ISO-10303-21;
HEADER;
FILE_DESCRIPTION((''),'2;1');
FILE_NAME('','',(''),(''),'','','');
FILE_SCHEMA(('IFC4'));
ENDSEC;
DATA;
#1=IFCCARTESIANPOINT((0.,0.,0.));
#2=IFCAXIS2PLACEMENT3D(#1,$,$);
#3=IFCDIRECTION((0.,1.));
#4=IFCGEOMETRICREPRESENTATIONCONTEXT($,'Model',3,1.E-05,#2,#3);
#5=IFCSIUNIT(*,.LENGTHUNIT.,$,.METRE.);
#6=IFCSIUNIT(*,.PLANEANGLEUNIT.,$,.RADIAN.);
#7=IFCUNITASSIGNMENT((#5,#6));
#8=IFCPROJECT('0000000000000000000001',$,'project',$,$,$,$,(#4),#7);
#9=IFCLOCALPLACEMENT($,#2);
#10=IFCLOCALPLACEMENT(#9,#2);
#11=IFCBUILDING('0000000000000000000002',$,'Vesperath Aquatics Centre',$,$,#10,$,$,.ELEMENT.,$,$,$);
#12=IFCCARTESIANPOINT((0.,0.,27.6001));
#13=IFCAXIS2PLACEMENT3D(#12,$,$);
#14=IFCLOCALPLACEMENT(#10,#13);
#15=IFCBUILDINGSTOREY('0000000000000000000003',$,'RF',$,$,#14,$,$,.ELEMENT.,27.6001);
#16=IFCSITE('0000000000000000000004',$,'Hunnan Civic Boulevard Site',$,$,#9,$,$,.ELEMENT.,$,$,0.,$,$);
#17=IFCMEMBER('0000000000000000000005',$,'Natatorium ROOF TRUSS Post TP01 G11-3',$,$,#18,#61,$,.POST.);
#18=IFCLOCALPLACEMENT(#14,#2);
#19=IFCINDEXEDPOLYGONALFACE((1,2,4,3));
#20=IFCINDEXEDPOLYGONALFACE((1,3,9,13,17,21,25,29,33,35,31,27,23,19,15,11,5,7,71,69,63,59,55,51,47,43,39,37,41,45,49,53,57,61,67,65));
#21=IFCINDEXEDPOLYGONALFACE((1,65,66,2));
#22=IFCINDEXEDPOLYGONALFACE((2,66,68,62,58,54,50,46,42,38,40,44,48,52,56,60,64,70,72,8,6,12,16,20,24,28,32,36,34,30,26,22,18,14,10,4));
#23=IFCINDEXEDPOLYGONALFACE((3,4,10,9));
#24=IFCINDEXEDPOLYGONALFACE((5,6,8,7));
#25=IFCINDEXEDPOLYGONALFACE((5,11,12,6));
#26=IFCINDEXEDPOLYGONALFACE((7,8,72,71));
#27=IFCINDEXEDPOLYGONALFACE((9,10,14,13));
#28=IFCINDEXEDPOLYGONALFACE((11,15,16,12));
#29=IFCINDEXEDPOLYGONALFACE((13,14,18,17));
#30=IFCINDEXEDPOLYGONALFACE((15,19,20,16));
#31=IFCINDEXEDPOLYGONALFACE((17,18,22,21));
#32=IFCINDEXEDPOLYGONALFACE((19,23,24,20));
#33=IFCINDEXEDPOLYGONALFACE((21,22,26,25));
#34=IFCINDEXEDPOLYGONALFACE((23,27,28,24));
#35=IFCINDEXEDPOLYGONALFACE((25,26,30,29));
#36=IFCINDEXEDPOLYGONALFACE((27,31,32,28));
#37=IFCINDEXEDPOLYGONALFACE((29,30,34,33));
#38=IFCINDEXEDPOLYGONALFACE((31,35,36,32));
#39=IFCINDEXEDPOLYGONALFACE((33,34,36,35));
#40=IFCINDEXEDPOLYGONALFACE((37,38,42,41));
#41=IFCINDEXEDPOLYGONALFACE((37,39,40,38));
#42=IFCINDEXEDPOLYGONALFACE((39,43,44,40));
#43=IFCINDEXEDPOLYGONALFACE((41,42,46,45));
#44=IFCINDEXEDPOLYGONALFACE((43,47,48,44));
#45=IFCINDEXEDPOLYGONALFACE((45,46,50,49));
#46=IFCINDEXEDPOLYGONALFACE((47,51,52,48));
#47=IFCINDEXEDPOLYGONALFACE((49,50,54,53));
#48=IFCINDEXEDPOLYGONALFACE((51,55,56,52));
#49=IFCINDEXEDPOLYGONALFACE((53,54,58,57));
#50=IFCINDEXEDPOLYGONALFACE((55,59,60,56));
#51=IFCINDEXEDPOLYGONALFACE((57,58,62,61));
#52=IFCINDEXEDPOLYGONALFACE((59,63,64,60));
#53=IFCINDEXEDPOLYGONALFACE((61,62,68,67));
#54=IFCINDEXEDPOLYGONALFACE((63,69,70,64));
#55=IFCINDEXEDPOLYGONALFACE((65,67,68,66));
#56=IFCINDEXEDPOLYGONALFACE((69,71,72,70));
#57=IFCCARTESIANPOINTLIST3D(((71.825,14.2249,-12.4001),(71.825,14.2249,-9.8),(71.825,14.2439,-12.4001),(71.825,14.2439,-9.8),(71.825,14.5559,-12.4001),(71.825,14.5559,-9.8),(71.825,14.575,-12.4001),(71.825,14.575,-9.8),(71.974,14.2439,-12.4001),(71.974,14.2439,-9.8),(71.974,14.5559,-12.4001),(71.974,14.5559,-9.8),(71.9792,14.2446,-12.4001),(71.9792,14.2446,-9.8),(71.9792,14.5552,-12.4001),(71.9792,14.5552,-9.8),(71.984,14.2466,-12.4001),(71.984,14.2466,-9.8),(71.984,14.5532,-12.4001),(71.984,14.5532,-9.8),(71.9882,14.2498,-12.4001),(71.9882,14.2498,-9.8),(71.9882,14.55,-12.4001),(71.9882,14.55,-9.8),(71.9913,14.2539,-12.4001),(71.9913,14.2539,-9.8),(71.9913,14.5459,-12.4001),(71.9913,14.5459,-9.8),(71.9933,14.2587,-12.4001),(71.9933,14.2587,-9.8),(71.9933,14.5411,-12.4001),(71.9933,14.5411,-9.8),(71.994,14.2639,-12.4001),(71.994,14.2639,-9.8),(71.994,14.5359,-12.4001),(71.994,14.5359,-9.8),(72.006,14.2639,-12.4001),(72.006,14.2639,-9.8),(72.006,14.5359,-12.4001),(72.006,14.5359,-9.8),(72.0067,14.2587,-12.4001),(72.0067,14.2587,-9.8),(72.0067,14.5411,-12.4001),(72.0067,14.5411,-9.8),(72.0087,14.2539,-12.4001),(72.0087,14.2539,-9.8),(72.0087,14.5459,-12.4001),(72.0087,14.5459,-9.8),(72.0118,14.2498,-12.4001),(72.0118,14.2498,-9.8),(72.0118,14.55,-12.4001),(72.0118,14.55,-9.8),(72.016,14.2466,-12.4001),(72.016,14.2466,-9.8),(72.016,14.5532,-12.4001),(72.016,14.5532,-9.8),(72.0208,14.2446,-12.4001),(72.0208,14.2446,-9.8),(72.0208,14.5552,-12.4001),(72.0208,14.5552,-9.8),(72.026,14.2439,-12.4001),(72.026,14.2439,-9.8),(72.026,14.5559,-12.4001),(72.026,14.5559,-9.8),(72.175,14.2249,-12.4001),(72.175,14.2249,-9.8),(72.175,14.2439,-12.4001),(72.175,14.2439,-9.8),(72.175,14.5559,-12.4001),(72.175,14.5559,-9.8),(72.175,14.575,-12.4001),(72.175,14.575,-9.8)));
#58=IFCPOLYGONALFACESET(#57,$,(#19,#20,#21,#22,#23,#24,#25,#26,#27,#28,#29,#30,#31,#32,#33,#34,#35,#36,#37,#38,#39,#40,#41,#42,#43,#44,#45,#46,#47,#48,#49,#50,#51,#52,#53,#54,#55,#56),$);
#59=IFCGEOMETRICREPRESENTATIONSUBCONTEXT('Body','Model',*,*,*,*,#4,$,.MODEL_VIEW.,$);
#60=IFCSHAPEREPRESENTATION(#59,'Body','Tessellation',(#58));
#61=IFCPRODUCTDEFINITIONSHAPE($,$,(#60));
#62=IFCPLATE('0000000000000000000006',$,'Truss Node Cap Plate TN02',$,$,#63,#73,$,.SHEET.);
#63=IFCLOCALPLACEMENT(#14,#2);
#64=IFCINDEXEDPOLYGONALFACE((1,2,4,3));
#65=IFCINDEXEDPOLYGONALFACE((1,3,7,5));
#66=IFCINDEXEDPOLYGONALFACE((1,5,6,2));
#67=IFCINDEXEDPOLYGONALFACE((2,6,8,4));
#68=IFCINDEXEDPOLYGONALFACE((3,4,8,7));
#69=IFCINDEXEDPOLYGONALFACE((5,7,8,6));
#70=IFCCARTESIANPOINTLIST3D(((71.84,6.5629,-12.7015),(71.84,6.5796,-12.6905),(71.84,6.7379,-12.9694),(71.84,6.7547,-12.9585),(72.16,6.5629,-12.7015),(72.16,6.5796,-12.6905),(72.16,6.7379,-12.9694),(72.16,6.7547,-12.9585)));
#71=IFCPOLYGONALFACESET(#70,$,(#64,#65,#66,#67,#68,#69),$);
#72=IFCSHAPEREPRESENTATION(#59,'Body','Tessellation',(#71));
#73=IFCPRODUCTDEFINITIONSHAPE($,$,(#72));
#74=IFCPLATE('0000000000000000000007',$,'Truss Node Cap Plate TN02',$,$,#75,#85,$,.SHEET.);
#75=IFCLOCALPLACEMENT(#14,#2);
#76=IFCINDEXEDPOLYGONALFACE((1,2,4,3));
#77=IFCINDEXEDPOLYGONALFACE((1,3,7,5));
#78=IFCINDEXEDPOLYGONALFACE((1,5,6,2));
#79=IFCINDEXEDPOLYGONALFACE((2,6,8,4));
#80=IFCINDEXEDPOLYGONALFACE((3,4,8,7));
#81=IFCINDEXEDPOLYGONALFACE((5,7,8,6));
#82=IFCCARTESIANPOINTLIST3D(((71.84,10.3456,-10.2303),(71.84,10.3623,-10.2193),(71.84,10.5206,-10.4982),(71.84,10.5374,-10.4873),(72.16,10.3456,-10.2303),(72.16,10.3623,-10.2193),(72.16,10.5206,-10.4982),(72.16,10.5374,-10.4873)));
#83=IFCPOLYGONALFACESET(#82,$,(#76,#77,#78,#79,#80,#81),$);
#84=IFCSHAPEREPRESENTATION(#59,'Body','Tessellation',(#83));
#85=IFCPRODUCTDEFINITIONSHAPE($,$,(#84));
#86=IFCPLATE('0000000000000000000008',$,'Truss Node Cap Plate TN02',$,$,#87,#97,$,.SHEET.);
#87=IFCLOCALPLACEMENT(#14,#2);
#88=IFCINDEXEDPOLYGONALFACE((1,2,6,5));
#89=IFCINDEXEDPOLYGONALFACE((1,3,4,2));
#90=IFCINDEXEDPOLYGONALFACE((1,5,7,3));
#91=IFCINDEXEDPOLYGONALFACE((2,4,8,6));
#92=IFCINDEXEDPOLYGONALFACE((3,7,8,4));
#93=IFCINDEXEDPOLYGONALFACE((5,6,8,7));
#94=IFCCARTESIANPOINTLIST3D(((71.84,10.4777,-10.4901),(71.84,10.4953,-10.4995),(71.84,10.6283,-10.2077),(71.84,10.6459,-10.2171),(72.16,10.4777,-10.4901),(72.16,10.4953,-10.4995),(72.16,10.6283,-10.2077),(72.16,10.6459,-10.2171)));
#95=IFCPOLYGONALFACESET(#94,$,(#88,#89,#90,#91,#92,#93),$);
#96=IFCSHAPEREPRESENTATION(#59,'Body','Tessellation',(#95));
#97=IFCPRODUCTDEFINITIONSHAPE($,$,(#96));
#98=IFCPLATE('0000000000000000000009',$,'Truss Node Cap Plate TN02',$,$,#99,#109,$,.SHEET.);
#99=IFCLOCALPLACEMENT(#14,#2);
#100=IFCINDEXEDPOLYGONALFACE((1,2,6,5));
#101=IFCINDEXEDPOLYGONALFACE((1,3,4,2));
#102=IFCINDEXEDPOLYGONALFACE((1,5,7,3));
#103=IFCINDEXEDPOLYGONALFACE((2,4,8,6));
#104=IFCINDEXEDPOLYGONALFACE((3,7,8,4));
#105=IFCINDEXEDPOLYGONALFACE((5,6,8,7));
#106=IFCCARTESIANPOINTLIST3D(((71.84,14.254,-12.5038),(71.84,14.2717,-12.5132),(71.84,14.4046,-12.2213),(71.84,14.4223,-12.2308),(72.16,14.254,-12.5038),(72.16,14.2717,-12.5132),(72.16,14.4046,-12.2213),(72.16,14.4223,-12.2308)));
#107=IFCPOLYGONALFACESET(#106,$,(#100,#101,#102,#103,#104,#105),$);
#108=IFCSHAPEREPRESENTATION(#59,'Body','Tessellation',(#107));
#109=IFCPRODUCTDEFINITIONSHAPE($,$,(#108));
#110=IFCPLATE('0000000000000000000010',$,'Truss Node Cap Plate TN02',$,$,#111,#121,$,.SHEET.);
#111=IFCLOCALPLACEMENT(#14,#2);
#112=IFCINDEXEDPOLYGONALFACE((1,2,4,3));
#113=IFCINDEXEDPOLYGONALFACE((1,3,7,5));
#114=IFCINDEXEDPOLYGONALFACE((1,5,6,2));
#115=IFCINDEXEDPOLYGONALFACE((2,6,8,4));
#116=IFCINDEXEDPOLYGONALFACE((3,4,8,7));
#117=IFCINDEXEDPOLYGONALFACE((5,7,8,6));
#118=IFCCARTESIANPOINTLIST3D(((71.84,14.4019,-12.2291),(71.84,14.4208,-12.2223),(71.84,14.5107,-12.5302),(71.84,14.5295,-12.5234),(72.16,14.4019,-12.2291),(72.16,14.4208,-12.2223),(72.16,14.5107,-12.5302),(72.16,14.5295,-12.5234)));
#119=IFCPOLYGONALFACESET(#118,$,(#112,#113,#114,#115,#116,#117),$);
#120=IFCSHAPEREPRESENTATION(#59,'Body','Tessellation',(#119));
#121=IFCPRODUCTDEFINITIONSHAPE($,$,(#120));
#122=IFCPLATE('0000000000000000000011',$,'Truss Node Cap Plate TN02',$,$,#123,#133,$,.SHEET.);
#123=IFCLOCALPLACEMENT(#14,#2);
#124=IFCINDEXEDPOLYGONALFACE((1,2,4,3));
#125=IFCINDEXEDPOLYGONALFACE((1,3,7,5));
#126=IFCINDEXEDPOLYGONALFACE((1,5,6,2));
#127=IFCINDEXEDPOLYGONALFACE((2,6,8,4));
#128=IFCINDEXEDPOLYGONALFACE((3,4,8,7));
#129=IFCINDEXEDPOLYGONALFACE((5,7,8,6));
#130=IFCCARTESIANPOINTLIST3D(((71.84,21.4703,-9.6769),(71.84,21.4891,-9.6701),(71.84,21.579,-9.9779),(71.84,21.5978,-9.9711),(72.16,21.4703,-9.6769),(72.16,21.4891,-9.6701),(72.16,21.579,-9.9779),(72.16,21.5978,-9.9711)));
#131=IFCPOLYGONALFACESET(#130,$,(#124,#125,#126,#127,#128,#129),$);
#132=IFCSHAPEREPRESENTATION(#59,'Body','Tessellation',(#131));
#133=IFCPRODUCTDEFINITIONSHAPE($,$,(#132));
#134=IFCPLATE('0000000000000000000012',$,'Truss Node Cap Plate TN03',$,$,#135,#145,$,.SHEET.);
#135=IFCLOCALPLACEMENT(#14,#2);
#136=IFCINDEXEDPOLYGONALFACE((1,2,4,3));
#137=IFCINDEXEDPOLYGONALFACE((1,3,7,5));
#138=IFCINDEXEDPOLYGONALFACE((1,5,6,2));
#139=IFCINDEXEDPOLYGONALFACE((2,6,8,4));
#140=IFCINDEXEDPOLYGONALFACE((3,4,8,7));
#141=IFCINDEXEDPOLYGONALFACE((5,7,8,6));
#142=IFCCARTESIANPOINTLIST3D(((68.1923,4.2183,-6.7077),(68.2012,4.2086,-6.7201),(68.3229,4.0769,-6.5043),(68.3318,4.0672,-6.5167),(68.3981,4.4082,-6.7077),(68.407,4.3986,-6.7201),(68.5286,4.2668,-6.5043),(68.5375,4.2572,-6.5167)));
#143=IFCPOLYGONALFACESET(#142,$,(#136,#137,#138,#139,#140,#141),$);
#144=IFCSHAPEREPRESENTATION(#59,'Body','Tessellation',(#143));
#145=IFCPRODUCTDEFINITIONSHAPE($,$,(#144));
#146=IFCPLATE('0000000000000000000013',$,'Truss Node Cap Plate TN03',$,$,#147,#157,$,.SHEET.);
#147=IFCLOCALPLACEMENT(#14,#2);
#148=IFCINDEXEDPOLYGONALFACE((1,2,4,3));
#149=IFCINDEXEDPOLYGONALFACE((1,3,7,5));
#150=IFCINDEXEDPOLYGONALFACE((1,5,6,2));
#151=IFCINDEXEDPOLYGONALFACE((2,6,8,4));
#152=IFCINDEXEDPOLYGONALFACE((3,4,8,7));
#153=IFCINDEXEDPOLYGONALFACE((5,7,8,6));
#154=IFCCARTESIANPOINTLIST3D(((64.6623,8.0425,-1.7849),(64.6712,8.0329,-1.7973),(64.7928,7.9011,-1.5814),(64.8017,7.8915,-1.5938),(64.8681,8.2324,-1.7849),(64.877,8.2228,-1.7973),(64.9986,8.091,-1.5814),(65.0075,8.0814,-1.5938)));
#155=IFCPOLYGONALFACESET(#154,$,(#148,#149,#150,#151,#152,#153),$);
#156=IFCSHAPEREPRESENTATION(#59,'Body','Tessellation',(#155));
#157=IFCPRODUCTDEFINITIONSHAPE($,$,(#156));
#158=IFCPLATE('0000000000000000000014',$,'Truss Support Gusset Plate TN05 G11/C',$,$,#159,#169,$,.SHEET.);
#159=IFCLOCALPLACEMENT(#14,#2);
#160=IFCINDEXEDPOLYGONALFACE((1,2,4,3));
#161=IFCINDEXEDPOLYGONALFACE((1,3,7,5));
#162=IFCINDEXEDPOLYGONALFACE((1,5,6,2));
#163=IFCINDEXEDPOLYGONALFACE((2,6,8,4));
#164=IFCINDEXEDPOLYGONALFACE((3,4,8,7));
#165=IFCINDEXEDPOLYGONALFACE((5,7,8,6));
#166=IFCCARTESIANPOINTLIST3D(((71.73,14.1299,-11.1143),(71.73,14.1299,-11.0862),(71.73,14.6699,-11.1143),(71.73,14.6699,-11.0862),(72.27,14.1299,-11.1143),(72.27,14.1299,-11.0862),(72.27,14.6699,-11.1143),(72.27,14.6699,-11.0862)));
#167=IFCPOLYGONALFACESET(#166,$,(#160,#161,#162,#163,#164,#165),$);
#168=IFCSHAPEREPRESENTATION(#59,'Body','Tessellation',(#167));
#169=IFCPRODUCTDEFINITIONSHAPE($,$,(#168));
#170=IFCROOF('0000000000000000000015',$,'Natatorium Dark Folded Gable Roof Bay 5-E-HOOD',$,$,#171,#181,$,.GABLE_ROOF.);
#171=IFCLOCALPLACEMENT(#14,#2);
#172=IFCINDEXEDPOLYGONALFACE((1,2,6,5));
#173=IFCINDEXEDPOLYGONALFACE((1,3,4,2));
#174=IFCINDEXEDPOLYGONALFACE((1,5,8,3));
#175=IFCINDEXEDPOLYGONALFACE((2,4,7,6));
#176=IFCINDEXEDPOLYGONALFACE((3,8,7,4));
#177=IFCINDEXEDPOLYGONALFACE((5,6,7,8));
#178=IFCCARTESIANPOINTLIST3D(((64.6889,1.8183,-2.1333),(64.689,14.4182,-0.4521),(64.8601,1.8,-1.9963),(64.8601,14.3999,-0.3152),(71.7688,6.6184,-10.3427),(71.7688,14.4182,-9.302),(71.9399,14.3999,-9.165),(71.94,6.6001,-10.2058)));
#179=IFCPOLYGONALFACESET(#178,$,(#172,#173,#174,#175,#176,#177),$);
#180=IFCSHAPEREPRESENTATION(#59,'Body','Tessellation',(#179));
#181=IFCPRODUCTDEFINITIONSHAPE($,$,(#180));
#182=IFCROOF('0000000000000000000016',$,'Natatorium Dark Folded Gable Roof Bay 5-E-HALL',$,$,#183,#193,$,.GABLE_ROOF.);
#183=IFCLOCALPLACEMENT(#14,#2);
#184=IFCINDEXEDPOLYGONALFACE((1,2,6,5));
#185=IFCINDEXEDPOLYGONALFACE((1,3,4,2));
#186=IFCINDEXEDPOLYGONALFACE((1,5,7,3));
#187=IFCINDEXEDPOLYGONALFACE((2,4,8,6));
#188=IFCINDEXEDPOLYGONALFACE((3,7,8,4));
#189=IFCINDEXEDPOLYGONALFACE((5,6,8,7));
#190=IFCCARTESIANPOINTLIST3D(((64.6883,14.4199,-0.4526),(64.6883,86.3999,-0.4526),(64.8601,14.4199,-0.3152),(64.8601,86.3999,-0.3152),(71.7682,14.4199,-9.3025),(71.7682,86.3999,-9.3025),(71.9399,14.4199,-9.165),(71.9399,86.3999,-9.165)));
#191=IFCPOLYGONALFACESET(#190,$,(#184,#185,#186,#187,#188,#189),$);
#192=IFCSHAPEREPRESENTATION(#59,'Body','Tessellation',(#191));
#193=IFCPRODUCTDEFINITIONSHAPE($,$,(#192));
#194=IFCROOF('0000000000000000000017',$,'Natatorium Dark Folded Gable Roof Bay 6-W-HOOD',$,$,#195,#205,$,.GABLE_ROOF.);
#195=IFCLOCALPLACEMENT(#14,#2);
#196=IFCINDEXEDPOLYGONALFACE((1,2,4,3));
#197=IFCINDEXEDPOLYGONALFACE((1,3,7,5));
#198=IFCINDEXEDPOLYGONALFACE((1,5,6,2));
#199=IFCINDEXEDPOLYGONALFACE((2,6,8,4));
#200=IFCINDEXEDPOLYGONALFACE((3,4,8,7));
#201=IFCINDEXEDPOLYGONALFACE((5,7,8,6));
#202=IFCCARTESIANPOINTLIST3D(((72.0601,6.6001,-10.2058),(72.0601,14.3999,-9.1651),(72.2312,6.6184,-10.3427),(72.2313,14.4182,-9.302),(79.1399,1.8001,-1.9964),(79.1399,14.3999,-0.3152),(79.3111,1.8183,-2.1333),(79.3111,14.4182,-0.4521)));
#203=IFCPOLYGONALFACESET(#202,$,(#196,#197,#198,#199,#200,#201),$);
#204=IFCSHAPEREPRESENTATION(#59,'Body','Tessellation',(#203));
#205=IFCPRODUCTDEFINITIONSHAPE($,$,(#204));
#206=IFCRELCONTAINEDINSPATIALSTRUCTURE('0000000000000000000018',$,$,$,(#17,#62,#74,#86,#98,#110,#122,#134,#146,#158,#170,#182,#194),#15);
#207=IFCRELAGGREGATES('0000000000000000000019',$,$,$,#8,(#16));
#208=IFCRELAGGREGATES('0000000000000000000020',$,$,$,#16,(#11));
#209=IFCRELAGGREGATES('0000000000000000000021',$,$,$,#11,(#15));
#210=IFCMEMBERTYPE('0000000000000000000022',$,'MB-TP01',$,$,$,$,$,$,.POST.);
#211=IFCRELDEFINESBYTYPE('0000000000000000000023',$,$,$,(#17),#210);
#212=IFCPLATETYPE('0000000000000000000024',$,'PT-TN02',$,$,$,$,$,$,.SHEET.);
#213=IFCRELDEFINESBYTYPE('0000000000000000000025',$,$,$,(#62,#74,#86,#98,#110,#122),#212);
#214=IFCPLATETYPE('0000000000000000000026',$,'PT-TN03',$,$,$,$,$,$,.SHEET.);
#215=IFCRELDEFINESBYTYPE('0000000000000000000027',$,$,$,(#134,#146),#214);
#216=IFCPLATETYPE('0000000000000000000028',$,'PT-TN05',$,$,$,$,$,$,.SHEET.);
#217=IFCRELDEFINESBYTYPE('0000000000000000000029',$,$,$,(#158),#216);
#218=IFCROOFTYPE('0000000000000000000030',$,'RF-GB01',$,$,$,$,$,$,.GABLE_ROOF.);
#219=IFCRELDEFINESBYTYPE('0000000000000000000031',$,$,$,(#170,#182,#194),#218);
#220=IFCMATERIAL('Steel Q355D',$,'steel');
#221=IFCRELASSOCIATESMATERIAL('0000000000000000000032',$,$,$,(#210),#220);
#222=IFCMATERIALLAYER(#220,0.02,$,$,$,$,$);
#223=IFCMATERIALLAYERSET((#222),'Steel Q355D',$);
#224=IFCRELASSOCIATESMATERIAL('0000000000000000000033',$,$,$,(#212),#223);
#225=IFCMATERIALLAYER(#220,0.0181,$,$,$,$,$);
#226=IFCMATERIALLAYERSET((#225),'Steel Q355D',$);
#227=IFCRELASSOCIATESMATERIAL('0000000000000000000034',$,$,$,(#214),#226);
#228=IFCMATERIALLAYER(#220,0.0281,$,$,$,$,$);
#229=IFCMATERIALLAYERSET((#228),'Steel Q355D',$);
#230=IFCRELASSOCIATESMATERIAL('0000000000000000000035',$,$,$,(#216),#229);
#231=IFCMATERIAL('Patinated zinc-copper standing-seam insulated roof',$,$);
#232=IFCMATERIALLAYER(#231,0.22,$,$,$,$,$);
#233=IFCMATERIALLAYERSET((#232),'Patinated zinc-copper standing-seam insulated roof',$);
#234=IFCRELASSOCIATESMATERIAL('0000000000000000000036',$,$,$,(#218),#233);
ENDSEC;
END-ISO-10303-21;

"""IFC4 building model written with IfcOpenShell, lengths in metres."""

from ifc_helpers import new_model, si_unit, direction, frame, origin, origin_2d, place, context, subcontext, project, spatial, polyline, rectangle, i_section, outline, extrude, material, layer, layer_set, material_profile, profile_set, type_object, element, save


model = new_model("IFC4")

# Units and contexts
model_context = context("Model", 3, precision=1e-05, world=origin(), true_north=direction((0.0, 1.0)))
body_context = subcontext(model_context, "Body", "Model", "MODEL_VIEW")
ifc_project = project(units=[si_unit("LENGTHUNIT", "METRE"), si_unit("PLANEANGLEUNIT", "RADIAN")], contexts=[model_context])

# Site, building, storey
site_placement = place(None, origin())
site = spatial("IfcSite", under=ifc_project, at=site_placement, Name="Hunnan Civic Boulevard Site", CompositionType="ELEMENT", RefElevation=0.0)
building_placement = place(site_placement, origin())
building = spatial("IfcBuilding", under=site, at=building_placement, Name="Vesperath Aquatics Centre", CompositionType="ELEMENT")
storey_placement = place(building_placement, frame((0.0, 0.0, 27.6001)))
storey = spatial("IfcBuildingStorey", under=building, at=storey_placement, Name="RF", CompositionType="ELEMENT", Elevation=27.6001)

# Member
ifc_material_1 = material(Name="Steel Q355D", Category="steel")
ifc_material_profile_1 = material_profile(ifc_material_1, i_section(OverallWidth=0.3501, OverallDepth=0.3501, WebThickness=0.012, FlangeThickness=0.019, FilletRadius=0.02, at=origin_2d()), Name="HW 350x350x12x19")
ifc_profile_set_1 = profile_set([ifc_material_profile_1], Name="Steel Q355D")
member_type_1 = type_object("IfcMemberType", Name="MB-TP01", PredefinedType="POST", material=ifc_profile_set_1)
member_1_placement = place(storey_placement, frame((72.0, 14.3999, -12.4001), z_axis=(0.0, 0.0, 1.0), x_axis=(1.0, 0.0, 0.0)))
element("IfcMember", 1, at=member_1_placement, inside=storey, type_object=member_type_1, Name="Natatorium ROOF TRUSS Post TP01 G11-3", PredefinedType="POST", context=body_context, shape_type="SweptSolid", body=[
    extrude(i_section(OverallWidth=0.3501, OverallDepth=0.3501, WebThickness=0.012, FlangeThickness=0.019, FilletRadius=0.02, at=origin_2d()), origin(), (0.0, 0.0, 1.0), 2.6001),
])

# Plates
ifc_layer_1 = layer(ifc_material_1, 0.02)
ifc_layer_set_1 = layer_set([ifc_layer_1], Name="Steel Q355D")
plate_type_1 = type_object("IfcPlateType", Name="PT-TN02", PredefinedType="SHEET", material=ifc_layer_set_1)
for number, where, z_axis, x_axis, name in (
    (2, (72.0, 6.6504, -12.8354), (0.0, 0.837176, 0.546934), (-1.0, 0.0, 0.0), "Truss Node Cap Plate TN02"),
    (3, (72.0, 10.4331, -10.3643), (0.0, 0.837176, 0.546934), (-1.0, 0.0, 0.0), "Truss Node Cap Plate TN02"),
    (4, (72.0, 10.553, -10.3489), (0.0, 0.882391, -0.470518), (-1.0, 0.0, 0.0), "Truss Node Cap Plate TN02"),
    (5, (72.0, 14.3293, -12.3625), (0.0, 0.882391, -0.470518), (-1.0, 0.0, 0.0), "Truss Node Cap Plate TN02"),
    (6, (72.0, 14.4563, -12.3796), (0.0, 0.940554, 0.339644), (-1.0, 0.0, 0.0), "Truss Node Cap Plate TN02"),
    (7, (72.0, 21.5247, -9.8274), (0.0, 0.940554, 0.339644), (-1.0, 0.0, 0.0), "Truss Node Cap Plate TN02"),
):
    element("IfcPlate", number, at=place(storey_placement, frame(where, z_axis=z_axis, x_axis=x_axis)), inside=storey, type_object=plate_type_1, Name=name, PredefinedType="SHEET", context=body_context, shape_type="SweptSolid", body=[
        extrude(rectangle(XDim=0.3201, YDim=0.3201, at=origin_2d()), origin(), (0.0, 0.0, 1.0), 0.02),
    ])
ifc_layer_2 = layer(ifc_material_1, 0.0181)
ifc_layer_set_2 = layer_set([ifc_layer_2], Name="Steel Q355D")
plate_type_2 = type_object("IfcPlateType", Name="PT-TN03", PredefinedType="SHEET", material=ifc_layer_set_2)
for number, where, z_axis, x_axis, name in (
    (8, (68.3694, 4.2329, -6.6184), (-0.492765, 0.533829, 0.687175), (-0.734803, -0.67828, 0.0), "Truss Node Cap Plate TN03"),
    (9, (64.8394, 8.0571, -1.6956), (-0.492765, 0.533829, 0.687175), (-0.734803, -0.67828, 0.0), "Truss Node Cap Plate TN03"),
):
    element("IfcPlate", number, at=place(storey_placement, frame(where, z_axis=z_axis, x_axis=x_axis)), inside=storey, type_object=plate_type_2, Name=name, PredefinedType="SHEET", context=body_context, shape_type="SweptSolid", body=[
        extrude(rectangle(XDim=0.28, YDim=0.28, at=origin_2d()), origin(), (0.0, 0.0, 1.0), 0.0181),
    ])
ifc_layer_3 = layer(ifc_material_1, 0.0281)
ifc_layer_set_3 = layer_set([ifc_layer_3], Name="Steel Q355D")
plate_type_3 = type_object("IfcPlateType", Name="PT-TN05", PredefinedType="SHEET", material=ifc_layer_set_3)
plate_placement = place(storey_placement, frame((72.0, 14.3999, -11.1143), z_axis=(0.0, 0.0, 1.0), x_axis=(0.0, 1.0, 0.0)))
element("IfcPlate", 10, at=plate_placement, inside=storey, type_object=plate_type_3, Name="Truss Support Gusset Plate TN05 G11/C", PredefinedType="SHEET", context=body_context, shape_type="SweptSolid", body=[
    extrude(rectangle(XDim=0.54, YDim=0.54, at=origin_2d()), origin(), (0.0, 0.0, 1.0), 0.0281),
])

# Roofs
ifc_material_2 = material(Name="Patinated zinc-copper standing-seam insulated roof")
ifc_layer_4 = layer(ifc_material_2, 0.22)
ifc_layer_set_4 = layer_set([ifc_layer_4], Name="Patinated zinc-copper standing-seam insulated roof")
roof_type = type_object("IfcRoofType", Name="RF-GB01", PredefinedType="GABLE_ROOF", material=ifc_layer_set_4)
roof_1_placement = place(storey_placement, frame((64.8601, 1.8, -1.9963), z_axis=(0.778174, -0.083064, 0.622532), x_axis=(0.597164, 0.404869, -0.692442)))
element("IfcRoof", 11, at=roof_1_placement, inside=storey, type_object=roof_type, Name="Natatorium Dark Folded Gable Roof Bay 5-E-HOOD", PredefinedType="GABLE_ROOF", context=body_context, shape_type="SweptSolid", body=[
    extrude(outline(polyline([(0.0, 0.0), (11.8558, 0.0), (14.293, 7.482), (3.9372, 12.0864), (0.0, 0.0)])), origin(), (0.0, 0.0, -1.0), 0.22),
])
roof_2_placement = place(storey_placement, frame((64.8601, 14.4199, -0.3152), z_axis=(0.780871, 0.0, 0.624692), x_axis=(0.624692, 0.0, -0.780871)))
element("IfcRoof", 12, at=roof_2_placement, inside=storey, type_object=roof_type, Name="Natatorium Dark Folded Gable Roof Bay 5-E-HALL", PredefinedType="GABLE_ROOF", context=body_context, shape_type="SweptSolid", body=[
    extrude(outline(polyline([(0.0, 0.0), (11.3333, 0.0), (11.3333, 71.98), (0.0, 71.98), (0.0, 0.0)])), origin(), (0.0, 0.0, -1.0), 0.22),
])
roof_3_placement = place(storey_placement, frame((72.0601, 6.6001, -10.2058), z_axis=(-0.778174, -0.083064, 0.622532), x_axis=(0.597164, -0.404869, 0.692442)))
element("IfcRoof", 13, at=roof_3_placement, inside=storey, type_object=roof_type, Name="Natatorium Dark Folded Gable Roof Bay 6-W-HOOD", PredefinedType="GABLE_ROOF", context=body_context, shape_type="SweptSolid", body=[
    extrude(outline(polyline([(0.0, 0.0), (11.8558, 0.0), (7.9186, 12.0864), (-2.4372, 7.482), (0.0, 0.0)])), origin(), (0.0, 0.0, -1.0), 0.22),
])

save(model, "model.ifc")
